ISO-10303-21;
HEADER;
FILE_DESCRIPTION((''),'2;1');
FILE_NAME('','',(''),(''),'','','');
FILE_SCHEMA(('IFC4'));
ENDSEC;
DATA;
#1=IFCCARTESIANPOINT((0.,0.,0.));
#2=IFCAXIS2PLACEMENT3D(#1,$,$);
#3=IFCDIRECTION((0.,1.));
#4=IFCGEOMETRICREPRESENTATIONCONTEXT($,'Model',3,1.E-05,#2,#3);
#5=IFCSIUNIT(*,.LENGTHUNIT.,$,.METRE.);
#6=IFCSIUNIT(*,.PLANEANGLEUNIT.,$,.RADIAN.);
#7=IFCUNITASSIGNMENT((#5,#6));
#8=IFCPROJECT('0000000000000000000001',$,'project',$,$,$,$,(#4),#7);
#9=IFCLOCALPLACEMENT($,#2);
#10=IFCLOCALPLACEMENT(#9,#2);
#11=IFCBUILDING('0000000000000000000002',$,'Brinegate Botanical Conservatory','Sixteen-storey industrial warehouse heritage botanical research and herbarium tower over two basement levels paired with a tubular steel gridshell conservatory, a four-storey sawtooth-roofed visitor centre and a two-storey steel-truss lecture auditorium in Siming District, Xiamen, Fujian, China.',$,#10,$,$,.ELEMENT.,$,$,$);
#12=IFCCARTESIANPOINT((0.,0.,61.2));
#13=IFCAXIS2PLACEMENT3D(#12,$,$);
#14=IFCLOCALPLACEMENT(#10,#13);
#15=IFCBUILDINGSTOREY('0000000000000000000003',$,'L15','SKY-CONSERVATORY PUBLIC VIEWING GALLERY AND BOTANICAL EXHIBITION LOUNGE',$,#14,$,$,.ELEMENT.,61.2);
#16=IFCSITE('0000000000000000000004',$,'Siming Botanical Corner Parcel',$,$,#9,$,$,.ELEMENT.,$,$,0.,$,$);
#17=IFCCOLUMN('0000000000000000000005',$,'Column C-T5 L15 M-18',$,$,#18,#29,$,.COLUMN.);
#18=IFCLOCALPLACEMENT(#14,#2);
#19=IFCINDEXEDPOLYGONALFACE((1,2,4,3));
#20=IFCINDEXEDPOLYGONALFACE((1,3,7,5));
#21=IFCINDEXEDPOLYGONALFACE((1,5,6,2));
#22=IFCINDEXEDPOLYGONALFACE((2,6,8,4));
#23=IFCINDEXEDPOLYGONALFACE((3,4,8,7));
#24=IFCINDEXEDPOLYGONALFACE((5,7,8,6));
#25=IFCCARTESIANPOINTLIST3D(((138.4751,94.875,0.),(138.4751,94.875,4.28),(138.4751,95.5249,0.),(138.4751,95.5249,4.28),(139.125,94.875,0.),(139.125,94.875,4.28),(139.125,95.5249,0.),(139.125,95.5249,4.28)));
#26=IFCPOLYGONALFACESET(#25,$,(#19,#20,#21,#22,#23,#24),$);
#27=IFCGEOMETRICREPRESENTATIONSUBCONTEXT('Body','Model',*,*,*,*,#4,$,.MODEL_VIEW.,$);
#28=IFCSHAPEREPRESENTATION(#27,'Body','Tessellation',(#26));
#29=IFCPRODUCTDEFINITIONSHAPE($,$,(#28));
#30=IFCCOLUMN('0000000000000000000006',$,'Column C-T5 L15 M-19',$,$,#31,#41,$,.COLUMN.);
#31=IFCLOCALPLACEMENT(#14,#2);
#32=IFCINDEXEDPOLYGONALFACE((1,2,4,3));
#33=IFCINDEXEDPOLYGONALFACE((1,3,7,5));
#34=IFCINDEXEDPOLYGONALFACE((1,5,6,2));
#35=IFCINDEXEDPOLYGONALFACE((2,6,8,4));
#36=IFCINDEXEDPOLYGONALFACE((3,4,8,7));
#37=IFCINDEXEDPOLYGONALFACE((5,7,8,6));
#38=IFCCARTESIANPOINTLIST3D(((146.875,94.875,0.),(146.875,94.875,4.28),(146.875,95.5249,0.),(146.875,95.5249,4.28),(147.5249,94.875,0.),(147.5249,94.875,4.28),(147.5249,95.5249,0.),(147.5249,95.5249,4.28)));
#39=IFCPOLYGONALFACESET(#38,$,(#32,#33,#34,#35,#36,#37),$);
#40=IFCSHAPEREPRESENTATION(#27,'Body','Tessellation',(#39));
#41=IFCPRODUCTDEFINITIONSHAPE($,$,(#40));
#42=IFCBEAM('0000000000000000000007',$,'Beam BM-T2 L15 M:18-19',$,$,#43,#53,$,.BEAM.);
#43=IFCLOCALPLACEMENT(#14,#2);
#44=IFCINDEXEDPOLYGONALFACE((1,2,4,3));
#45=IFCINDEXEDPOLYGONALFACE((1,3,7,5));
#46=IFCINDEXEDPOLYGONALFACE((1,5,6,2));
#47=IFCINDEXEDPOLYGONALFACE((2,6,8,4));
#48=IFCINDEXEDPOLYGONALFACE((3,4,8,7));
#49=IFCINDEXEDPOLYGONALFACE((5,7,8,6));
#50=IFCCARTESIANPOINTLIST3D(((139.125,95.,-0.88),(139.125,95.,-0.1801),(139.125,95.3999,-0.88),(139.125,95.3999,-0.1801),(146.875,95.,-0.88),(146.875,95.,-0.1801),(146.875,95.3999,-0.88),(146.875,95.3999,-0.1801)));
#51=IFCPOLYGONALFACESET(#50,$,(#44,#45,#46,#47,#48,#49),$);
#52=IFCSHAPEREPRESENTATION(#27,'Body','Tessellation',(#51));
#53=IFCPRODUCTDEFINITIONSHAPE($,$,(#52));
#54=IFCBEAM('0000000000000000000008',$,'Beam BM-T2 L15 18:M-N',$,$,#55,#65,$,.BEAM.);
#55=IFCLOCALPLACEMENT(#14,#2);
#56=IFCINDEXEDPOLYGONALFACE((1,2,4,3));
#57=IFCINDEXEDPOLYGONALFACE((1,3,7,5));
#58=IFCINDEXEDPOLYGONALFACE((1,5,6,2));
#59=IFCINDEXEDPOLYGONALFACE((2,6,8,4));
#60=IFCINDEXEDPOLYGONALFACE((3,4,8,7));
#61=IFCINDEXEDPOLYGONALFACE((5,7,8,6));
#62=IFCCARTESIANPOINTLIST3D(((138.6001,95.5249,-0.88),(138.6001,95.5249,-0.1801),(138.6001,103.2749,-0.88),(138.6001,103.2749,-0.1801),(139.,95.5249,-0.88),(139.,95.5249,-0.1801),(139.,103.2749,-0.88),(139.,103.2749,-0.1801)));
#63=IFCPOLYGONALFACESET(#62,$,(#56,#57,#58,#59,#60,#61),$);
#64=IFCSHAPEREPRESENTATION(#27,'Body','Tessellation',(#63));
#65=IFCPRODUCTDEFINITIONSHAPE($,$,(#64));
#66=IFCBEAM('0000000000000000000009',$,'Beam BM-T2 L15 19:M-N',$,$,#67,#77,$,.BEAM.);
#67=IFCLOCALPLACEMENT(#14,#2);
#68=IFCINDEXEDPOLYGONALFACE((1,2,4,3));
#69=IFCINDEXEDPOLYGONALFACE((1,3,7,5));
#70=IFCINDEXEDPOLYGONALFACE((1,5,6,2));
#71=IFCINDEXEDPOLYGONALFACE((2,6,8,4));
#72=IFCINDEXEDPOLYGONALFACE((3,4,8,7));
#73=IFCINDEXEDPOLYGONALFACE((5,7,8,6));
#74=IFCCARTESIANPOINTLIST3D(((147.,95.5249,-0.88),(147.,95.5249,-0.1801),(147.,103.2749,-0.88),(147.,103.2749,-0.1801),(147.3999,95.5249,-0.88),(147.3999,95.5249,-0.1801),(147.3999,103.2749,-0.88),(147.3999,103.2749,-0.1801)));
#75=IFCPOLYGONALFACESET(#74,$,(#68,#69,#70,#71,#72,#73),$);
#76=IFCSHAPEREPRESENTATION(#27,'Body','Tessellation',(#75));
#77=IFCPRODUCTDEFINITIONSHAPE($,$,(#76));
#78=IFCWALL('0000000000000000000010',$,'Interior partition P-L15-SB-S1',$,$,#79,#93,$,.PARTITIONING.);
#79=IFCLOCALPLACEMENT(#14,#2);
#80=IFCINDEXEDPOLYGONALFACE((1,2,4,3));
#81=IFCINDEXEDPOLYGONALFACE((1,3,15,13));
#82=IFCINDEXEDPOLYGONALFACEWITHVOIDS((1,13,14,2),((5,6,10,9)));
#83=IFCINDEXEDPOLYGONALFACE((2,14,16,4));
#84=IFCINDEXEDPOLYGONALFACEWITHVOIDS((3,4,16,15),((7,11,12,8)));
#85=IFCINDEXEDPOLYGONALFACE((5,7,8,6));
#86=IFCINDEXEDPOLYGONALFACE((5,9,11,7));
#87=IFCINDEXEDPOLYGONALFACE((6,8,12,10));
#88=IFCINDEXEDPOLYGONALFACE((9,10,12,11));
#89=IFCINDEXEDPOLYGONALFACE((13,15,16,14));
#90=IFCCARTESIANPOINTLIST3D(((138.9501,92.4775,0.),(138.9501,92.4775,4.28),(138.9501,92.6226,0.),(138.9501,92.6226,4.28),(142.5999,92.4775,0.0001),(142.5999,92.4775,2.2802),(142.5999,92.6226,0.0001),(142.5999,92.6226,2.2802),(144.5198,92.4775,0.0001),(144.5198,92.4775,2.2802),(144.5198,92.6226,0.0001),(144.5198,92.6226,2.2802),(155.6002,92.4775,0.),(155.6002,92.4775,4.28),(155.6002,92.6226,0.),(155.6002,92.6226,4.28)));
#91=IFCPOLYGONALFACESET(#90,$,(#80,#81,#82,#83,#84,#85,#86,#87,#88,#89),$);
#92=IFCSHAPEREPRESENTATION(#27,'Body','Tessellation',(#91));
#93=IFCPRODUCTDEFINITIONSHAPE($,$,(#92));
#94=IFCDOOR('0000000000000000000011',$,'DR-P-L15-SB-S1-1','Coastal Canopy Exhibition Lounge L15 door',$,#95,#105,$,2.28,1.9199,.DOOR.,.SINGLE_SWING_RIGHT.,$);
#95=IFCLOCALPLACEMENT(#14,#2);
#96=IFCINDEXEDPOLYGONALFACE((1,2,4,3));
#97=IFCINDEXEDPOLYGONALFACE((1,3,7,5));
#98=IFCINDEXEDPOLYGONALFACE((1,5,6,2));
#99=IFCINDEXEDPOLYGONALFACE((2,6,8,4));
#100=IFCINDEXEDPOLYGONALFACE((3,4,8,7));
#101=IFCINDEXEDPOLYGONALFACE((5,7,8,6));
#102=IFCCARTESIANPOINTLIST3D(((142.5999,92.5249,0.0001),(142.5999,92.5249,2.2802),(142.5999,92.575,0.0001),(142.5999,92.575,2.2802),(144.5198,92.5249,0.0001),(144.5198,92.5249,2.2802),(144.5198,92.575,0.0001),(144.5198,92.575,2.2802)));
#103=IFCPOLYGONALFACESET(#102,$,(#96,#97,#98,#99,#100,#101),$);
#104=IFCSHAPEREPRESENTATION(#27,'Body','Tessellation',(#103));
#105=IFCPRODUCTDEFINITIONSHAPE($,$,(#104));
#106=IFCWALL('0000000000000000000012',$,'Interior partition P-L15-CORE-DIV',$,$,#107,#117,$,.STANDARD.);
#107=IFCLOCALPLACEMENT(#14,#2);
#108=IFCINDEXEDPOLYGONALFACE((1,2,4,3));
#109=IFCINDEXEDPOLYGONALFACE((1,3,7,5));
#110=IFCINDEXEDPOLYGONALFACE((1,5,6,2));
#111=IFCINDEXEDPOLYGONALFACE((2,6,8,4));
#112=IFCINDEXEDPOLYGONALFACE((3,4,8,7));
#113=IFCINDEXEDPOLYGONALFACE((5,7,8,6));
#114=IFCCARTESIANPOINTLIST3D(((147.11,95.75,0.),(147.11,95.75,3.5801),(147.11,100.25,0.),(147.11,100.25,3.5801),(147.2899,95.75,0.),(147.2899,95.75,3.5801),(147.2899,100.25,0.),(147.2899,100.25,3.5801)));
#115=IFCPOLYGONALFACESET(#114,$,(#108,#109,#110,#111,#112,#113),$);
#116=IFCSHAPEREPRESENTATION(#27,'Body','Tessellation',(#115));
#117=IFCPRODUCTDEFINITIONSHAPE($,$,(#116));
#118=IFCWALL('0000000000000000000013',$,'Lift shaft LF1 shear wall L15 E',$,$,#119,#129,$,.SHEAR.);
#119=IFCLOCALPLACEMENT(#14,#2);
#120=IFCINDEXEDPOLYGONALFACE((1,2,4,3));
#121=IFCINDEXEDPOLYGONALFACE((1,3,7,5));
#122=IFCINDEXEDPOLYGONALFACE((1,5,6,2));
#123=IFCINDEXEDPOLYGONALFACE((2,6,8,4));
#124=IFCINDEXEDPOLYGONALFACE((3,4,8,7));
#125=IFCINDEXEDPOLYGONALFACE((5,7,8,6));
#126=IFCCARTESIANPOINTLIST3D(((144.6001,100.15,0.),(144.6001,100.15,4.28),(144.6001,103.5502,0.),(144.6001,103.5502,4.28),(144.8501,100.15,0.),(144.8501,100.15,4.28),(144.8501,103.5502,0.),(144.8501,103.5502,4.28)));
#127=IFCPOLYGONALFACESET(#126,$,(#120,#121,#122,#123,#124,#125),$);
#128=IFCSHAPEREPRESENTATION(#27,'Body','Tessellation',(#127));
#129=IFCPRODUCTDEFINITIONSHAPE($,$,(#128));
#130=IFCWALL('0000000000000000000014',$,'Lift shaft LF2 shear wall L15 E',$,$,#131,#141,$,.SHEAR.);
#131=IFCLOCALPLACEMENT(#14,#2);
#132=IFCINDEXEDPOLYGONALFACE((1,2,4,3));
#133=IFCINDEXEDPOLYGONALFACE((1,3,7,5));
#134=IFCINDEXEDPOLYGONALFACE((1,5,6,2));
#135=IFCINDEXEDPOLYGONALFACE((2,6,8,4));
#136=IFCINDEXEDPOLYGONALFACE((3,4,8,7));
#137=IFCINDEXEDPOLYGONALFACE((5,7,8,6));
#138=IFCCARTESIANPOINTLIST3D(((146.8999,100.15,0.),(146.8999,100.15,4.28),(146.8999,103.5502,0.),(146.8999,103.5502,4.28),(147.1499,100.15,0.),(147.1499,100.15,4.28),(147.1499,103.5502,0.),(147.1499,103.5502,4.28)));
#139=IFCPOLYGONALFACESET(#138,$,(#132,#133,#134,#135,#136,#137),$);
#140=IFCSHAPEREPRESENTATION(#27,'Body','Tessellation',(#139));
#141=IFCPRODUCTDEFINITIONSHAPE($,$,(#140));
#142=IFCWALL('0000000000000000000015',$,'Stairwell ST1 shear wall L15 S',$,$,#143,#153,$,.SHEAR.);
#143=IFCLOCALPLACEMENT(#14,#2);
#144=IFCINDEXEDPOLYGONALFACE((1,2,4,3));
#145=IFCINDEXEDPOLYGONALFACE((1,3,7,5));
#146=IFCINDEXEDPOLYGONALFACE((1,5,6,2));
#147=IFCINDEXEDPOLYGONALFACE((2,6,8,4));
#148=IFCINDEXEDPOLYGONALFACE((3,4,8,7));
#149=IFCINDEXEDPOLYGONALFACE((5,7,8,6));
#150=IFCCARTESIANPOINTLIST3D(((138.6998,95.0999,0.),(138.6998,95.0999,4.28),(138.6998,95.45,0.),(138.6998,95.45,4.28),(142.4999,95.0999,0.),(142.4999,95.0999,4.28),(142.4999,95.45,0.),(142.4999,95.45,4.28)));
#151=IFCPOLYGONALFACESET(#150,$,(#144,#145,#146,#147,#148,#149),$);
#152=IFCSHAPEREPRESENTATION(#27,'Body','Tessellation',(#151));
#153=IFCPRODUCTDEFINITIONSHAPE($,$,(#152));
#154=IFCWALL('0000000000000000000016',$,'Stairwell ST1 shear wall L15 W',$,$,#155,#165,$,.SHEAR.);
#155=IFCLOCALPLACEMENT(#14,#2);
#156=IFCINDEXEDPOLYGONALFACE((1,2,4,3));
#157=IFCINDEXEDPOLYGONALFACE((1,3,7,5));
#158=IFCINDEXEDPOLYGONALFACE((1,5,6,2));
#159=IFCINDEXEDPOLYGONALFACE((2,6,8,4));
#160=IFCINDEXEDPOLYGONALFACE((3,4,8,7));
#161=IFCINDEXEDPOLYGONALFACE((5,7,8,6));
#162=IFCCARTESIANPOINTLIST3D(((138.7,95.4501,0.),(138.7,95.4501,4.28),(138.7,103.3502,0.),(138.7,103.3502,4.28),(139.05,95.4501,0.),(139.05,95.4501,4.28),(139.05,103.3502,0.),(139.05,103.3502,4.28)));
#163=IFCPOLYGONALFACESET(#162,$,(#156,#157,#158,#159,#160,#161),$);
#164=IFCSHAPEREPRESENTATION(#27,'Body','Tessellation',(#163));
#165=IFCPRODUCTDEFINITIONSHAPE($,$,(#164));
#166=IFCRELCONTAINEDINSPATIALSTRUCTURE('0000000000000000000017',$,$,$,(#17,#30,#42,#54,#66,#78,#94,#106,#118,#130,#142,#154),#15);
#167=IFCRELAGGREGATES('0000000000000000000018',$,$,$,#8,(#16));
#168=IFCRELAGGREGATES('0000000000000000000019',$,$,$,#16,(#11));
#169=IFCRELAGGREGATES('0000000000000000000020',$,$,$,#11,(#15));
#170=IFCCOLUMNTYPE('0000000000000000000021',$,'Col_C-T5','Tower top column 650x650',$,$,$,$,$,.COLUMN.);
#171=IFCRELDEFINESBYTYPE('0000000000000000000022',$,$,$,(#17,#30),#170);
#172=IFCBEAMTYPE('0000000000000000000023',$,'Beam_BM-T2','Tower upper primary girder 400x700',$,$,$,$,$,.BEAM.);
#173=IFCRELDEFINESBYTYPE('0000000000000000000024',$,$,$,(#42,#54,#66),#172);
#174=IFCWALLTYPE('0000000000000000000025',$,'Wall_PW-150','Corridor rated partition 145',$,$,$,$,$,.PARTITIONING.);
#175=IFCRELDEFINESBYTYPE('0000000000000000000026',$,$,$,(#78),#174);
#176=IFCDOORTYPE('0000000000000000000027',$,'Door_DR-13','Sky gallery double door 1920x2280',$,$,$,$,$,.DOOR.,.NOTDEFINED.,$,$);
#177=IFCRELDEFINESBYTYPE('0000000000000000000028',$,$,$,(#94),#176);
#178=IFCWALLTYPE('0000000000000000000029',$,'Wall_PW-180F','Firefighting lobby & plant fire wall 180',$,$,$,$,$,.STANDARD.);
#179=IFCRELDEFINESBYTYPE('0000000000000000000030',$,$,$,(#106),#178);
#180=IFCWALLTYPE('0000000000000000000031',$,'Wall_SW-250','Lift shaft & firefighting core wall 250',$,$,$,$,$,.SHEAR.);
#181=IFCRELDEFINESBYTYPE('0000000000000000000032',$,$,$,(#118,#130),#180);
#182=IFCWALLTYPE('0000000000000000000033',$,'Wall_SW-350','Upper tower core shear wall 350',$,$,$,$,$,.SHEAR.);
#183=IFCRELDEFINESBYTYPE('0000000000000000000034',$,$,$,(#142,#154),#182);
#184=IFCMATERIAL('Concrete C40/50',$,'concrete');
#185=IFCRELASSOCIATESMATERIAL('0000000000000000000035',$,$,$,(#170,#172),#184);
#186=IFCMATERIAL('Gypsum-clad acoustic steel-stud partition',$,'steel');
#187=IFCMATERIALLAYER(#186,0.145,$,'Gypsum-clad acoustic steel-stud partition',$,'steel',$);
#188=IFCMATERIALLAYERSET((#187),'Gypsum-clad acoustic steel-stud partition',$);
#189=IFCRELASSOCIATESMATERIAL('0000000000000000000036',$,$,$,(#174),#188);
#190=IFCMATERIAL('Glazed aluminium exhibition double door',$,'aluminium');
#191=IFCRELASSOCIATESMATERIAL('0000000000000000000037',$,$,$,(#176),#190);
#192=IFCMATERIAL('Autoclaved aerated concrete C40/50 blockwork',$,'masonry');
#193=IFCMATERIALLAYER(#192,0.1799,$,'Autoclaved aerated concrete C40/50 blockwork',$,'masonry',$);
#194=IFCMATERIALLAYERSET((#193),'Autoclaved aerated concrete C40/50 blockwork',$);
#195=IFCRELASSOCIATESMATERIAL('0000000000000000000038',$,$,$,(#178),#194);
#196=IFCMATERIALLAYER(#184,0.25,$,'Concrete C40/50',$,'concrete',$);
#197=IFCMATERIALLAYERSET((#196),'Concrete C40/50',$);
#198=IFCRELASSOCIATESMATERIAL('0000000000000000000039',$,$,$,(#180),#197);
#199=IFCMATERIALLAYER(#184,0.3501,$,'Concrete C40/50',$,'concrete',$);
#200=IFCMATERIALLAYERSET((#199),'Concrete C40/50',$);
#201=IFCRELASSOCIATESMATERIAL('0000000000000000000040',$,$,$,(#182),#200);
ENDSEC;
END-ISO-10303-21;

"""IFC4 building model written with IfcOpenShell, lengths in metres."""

from ifc_helpers import new_model, si_unit, direction, frame, frame_2d, origin, origin_2d, place, context, subcontext, project, spatial, rectangle, extrude, material, layer, layer_set, material_profile, profile_set, type_object, element, fill, save


model = new_model("IFC4")

# Units and contexts
model_context = context("Model", 3, precision=1e-05, world=origin(), true_north=direction((0.0, 1.0)))
body_context = subcontext(model_context, "Body", "Model", "MODEL_VIEW")
ifc_project = project(units=[si_unit("LENGTHUNIT", "METRE"), si_unit("PLANEANGLEUNIT", "RADIAN")], contexts=[model_context])

# Site, building, storey
site_placement = place(None, origin())
site = spatial("IfcSite", under=ifc_project, at=site_placement, Name="Siming Botanical Corner Parcel", CompositionType="ELEMENT", RefElevation=0.0)
building_placement = place(site_placement, origin())
building = spatial("IfcBuilding", under=site, at=building_placement, Name="Brinegate Botanical Conservatory", Description="Sixteen-storey industrial warehouse heritage botanical research and herbarium tower over two basement levels paired with a tubular steel gridshell conservatory, a four-storey sawtooth-roofed visitor centre and a two-storey steel-truss lecture auditorium in Siming District, Xiamen, Fujian, China.", CompositionType="ELEMENT")
storey_placement = place(building_placement, frame((0.0, 0.0, 61.2)))
storey = spatial("IfcBuildingStorey", under=building, at=storey_placement, Name="L15", Description="SKY-CONSERVATORY PUBLIC VIEWING GALLERY AND BOTANICAL EXHIBITION LOUNGE", CompositionType="ELEMENT", Elevation=61.2)

# Columns
ifc_material_1 = material(Name="Concrete C40/50", Category="concrete")
ifc_material_profile_1 = material_profile(ifc_material_1, rectangle(XDim=0.6499, YDim=0.6499, at=origin_2d()), Name="RC COL 650x650")
ifc_profile_set_1 = profile_set([ifc_material_profile_1], Name="Concrete C40/50")
column_type = type_object("IfcColumnType", Name="Col_C-T5", Description="Tower top column 650x650", PredefinedType="COLUMN", material=ifc_profile_set_1)
for number, where, z_axis, x_axis, name in (
    (1, (138.8, 95.2, 0.0), (0.0, 0.0, 1.0), (1.0, 0.0, 0.0), "Column C-T5 L15 M-18"),
    (2, (147.2, 95.2, 0.0), (0.0, 0.0, 1.0), (1.0, 0.0, 0.0), "Column C-T5 L15 M-19"),
):
    element("IfcColumn", number, at=place(storey_placement, frame(where, z_axis=z_axis, x_axis=x_axis)), inside=storey, type_object=column_type, Name=name, PredefinedType="COLUMN", context=body_context, shape_type="SweptSolid", body=[
        extrude(rectangle(XDim=0.6499, YDim=0.6499, at=origin_2d()), origin(), (0.0, 0.0, 1.0), 4.28),
    ])

# Beams
ifc_material_profile_2 = material_profile(ifc_material_1, rectangle(XDim=0.3999, YDim=0.7, at=origin_2d()), Name="RC BM 400x700")
ifc_profile_set_2 = profile_set([ifc_material_profile_2], Name="Concrete C40/50")
beam_type = type_object("IfcBeamType", Name="Beam_BM-T2", Description="Tower upper primary girder 400x700", PredefinedType="BEAM", material=ifc_profile_set_2)
for number, where, z_axis, x_axis, name in (
    (3, (139.125, 95.2, -0.53), (1.0, 0.0, 0.0), (0.0, 1.0, 0.0), "Beam BM-T2 L15 M:18-19"),
    (4, (138.8, 95.5249, -0.53), (0.0, 1.0, 0.0), (-1.0, 0.0, 0.0), "Beam BM-T2 L15 18:M-N"),
    (5, (147.2, 95.5249, -0.53), (0.0, 1.0, 0.0), (-1.0, 0.0, 0.0), "Beam BM-T2 L15 19:M-N"),
):
    element("IfcBeam", number, at=place(storey_placement, frame(where, z_axis=z_axis, x_axis=x_axis)), inside=storey, type_object=beam_type, Name=name, PredefinedType="BEAM", context=body_context, shape_type="SweptSolid", body=[
        extrude(rectangle(XDim=0.3999, YDim=0.7, at=origin_2d()), origin(), (0.0, 0.0, 1.0), 7.75),
    ])

# Wall, opening, door
ifc_material_2 = material(Name="Gypsum-clad acoustic steel-stud partition", Category="steel")
ifc_layer_1 = layer(ifc_material_2, 0.145, Name="Gypsum-clad acoustic steel-stud partition", Category="steel")
ifc_layer_set_1 = layer_set([ifc_layer_1], Name="Gypsum-clad acoustic steel-stud partition")
wall_type_1 = type_object("IfcWallType", Name="Wall_PW-150", Description="Corridor rated partition 145", PredefinedType="PARTITIONING", material=ifc_layer_set_1)
wall_1_placement = place(storey_placement, frame((138.95, 92.55, 0.0), z_axis=(0.0, 0.0, 1.0), x_axis=(1.0, 0.0, 0.0)))
wall_1 = element("IfcWall", 6, at=wall_1_placement, inside=storey, type_object=wall_type_1, Name="Interior partition P-L15-SB-S1", PredefinedType="PARTITIONING", context=body_context, shape_type="SweptSolid", body=[
    extrude(rectangle(XDim=16.6501, YDim=0.145, at=frame_2d((8.3252, 0.0))), origin(), (0.0, 0.0, 1.0), 4.28),
])
opening_1_placement = place(wall_1_placement, frame((3.6499, 0.0, 0.0)))
opening_1 = element("IfcOpeningElement", 7, at=opening_1_placement, cuts=wall_1, PredefinedType="OPENING", context=body_context, shape_type="SweptSolid", body=[
    extrude(rectangle(XDim=1.9199, YDim=2.28, at=frame_2d((0.96, 1.1401))), frame((0.0, 0.0825, 0.0), z_axis=(0.0, -1.0, 0.0), x_axis=(1.0, 0.0, 0.0)), (0.0, 0.0, 1.0), 0.165),
])
ifc_material_3 = material(Name="Glazed aluminium exhibition double door", Category="aluminium")
door_type_1 = type_object("IfcDoorType", Name="Door_DR-13", Description="Sky gallery double door 1920x2280", OperationType="NOTDEFINED", PredefinedType="DOOR", material=ifc_material_3)
door_1_placement = place(opening_1_placement, origin())
door_1 = element("IfcDoor", 8, at=door_1_placement, inside=storey, type_object=door_type_1, Name="DR-P-L15-SB-S1-1", Description="Coastal Canopy Exhibition Lounge L15 door", OperationType="SINGLE_SWING_RIGHT", OverallHeight=2.28, OverallWidth=1.9199, PredefinedType="DOOR", context=body_context, shape_type="SweptSolid", body=[
    extrude(rectangle(XDim=1.9199, YDim=2.28, at=frame_2d((0.96, 1.1401))), frame((0.0, 0.0249, 0.0), z_axis=(0.0, -1.0, 0.0), x_axis=(1.0, 0.0, 0.0)), (0.0, 0.0, 1.0), 0.05),
])
fill(opening_1, door_1)
ifc_material_4 = material(Name="Autoclaved aerated concrete C40/50 blockwork", Category="masonry")
ifc_layer_2 = layer(ifc_material_4, 0.1799, Name="Autoclaved aerated concrete C40/50 blockwork", Category="masonry")
ifc_layer_set_2 = layer_set([ifc_layer_2], Name="Autoclaved aerated concrete C40/50 blockwork")
wall_type_2 = type_object("IfcWallType", Name="Wall_PW-180F", Description="Firefighting lobby & plant fire wall 180", PredefinedType="STANDARD", material=ifc_layer_set_2)

# Walls
wall_2_placement = place(storey_placement, frame((147.2, 95.75, 0.0), z_axis=(0.0, 0.0, 1.0), x_axis=(0.0, 1.0, 0.0)))
element("IfcWall", 9, at=wall_2_placement, inside=storey, type_object=wall_type_2, Name="Interior partition P-L15-CORE-DIV", PredefinedType="STANDARD", context=body_context, shape_type="SweptSolid", body=[
    extrude(rectangle(XDim=4.5, YDim=0.1799, at=frame_2d((2.25, 0.0))), origin(), (0.0, 0.0, 1.0), 3.5801),
])
ifc_layer_3 = layer(ifc_material_1, 0.25, Name="Concrete C40/50", Category="concrete")
ifc_layer_set_3 = layer_set([ifc_layer_3], Name="Concrete C40/50")
wall_type_3 = type_object("IfcWallType", Name="Wall_SW-250", Description="Lift shaft & firefighting core wall 250", PredefinedType="SHEAR", material=ifc_layer_set_3)
for number, where, z_axis, x_axis, name in (
    (10, (144.7251, 100.1499, 0.0), (0.0, 0.0, 1.0), (0.0, 1.0, 0.0), "Lift shaft LF1 shear wall L15 E"),
    (11, (147.0249, 100.1499, 0.0), (0.0, 0.0, 1.0), (0.0, 1.0, 0.0), "Lift shaft LF2 shear wall L15 E"),
):
    element("IfcWall", number, at=place(storey_placement, frame(where, z_axis=z_axis, x_axis=x_axis)), inside=storey, type_object=wall_type_3, Name=name, PredefinedType="SHEAR", context=body_context, shape_type="SweptSolid", body=[
        extrude(rectangle(XDim=3.4001, YDim=0.25, at=frame_2d((1.7002, 0.0))), origin(), (0.0, 0.0, 1.0), 4.28),
    ])
ifc_layer_4 = layer(ifc_material_1, 0.3501, Name="Concrete C40/50", Category="concrete")
ifc_layer_set_4 = layer_set([ifc_layer_4], Name="Concrete C40/50")
wall_type_4 = type_object("IfcWallType", Name="Wall_SW-350", Description="Upper tower core shear wall 350", PredefinedType="SHEAR", material=ifc_layer_set_4)
wall_3_placement = place(storey_placement, frame((138.7, 95.2749, 0.0), z_axis=(0.0, 0.0, 1.0), x_axis=(1.0, 0.0, 0.0)))
element("IfcWall", 12, at=wall_3_placement, inside=storey, type_object=wall_type_4, Name="Stairwell ST1 shear wall L15 S", PredefinedType="SHEAR", context=body_context, shape_type="SweptSolid", body=[
    extrude(rectangle(XDim=3.8, YDim=0.3501, at=frame_2d((1.8999, 0.0))), origin(), (0.0, 0.0, 1.0), 4.28),
])
wall_4_placement = place(storey_placement, frame((138.875, 95.45, 0.0), z_axis=(0.0, 0.0, 1.0), x_axis=(0.0, 1.0, 0.0)))
element("IfcWall", 13, at=wall_4_placement, inside=storey, type_object=wall_type_4, Name="Stairwell ST1 shear wall L15 W", PredefinedType="SHEAR", context=body_context, shape_type="SweptSolid", body=[
    extrude(rectangle(XDim=7.9001, YDim=0.3501, at=frame_2d((3.9502, 0.0))), origin(), (0.0, 0.0, 1.0), 4.28),
])

save(model, "model.ifc")
